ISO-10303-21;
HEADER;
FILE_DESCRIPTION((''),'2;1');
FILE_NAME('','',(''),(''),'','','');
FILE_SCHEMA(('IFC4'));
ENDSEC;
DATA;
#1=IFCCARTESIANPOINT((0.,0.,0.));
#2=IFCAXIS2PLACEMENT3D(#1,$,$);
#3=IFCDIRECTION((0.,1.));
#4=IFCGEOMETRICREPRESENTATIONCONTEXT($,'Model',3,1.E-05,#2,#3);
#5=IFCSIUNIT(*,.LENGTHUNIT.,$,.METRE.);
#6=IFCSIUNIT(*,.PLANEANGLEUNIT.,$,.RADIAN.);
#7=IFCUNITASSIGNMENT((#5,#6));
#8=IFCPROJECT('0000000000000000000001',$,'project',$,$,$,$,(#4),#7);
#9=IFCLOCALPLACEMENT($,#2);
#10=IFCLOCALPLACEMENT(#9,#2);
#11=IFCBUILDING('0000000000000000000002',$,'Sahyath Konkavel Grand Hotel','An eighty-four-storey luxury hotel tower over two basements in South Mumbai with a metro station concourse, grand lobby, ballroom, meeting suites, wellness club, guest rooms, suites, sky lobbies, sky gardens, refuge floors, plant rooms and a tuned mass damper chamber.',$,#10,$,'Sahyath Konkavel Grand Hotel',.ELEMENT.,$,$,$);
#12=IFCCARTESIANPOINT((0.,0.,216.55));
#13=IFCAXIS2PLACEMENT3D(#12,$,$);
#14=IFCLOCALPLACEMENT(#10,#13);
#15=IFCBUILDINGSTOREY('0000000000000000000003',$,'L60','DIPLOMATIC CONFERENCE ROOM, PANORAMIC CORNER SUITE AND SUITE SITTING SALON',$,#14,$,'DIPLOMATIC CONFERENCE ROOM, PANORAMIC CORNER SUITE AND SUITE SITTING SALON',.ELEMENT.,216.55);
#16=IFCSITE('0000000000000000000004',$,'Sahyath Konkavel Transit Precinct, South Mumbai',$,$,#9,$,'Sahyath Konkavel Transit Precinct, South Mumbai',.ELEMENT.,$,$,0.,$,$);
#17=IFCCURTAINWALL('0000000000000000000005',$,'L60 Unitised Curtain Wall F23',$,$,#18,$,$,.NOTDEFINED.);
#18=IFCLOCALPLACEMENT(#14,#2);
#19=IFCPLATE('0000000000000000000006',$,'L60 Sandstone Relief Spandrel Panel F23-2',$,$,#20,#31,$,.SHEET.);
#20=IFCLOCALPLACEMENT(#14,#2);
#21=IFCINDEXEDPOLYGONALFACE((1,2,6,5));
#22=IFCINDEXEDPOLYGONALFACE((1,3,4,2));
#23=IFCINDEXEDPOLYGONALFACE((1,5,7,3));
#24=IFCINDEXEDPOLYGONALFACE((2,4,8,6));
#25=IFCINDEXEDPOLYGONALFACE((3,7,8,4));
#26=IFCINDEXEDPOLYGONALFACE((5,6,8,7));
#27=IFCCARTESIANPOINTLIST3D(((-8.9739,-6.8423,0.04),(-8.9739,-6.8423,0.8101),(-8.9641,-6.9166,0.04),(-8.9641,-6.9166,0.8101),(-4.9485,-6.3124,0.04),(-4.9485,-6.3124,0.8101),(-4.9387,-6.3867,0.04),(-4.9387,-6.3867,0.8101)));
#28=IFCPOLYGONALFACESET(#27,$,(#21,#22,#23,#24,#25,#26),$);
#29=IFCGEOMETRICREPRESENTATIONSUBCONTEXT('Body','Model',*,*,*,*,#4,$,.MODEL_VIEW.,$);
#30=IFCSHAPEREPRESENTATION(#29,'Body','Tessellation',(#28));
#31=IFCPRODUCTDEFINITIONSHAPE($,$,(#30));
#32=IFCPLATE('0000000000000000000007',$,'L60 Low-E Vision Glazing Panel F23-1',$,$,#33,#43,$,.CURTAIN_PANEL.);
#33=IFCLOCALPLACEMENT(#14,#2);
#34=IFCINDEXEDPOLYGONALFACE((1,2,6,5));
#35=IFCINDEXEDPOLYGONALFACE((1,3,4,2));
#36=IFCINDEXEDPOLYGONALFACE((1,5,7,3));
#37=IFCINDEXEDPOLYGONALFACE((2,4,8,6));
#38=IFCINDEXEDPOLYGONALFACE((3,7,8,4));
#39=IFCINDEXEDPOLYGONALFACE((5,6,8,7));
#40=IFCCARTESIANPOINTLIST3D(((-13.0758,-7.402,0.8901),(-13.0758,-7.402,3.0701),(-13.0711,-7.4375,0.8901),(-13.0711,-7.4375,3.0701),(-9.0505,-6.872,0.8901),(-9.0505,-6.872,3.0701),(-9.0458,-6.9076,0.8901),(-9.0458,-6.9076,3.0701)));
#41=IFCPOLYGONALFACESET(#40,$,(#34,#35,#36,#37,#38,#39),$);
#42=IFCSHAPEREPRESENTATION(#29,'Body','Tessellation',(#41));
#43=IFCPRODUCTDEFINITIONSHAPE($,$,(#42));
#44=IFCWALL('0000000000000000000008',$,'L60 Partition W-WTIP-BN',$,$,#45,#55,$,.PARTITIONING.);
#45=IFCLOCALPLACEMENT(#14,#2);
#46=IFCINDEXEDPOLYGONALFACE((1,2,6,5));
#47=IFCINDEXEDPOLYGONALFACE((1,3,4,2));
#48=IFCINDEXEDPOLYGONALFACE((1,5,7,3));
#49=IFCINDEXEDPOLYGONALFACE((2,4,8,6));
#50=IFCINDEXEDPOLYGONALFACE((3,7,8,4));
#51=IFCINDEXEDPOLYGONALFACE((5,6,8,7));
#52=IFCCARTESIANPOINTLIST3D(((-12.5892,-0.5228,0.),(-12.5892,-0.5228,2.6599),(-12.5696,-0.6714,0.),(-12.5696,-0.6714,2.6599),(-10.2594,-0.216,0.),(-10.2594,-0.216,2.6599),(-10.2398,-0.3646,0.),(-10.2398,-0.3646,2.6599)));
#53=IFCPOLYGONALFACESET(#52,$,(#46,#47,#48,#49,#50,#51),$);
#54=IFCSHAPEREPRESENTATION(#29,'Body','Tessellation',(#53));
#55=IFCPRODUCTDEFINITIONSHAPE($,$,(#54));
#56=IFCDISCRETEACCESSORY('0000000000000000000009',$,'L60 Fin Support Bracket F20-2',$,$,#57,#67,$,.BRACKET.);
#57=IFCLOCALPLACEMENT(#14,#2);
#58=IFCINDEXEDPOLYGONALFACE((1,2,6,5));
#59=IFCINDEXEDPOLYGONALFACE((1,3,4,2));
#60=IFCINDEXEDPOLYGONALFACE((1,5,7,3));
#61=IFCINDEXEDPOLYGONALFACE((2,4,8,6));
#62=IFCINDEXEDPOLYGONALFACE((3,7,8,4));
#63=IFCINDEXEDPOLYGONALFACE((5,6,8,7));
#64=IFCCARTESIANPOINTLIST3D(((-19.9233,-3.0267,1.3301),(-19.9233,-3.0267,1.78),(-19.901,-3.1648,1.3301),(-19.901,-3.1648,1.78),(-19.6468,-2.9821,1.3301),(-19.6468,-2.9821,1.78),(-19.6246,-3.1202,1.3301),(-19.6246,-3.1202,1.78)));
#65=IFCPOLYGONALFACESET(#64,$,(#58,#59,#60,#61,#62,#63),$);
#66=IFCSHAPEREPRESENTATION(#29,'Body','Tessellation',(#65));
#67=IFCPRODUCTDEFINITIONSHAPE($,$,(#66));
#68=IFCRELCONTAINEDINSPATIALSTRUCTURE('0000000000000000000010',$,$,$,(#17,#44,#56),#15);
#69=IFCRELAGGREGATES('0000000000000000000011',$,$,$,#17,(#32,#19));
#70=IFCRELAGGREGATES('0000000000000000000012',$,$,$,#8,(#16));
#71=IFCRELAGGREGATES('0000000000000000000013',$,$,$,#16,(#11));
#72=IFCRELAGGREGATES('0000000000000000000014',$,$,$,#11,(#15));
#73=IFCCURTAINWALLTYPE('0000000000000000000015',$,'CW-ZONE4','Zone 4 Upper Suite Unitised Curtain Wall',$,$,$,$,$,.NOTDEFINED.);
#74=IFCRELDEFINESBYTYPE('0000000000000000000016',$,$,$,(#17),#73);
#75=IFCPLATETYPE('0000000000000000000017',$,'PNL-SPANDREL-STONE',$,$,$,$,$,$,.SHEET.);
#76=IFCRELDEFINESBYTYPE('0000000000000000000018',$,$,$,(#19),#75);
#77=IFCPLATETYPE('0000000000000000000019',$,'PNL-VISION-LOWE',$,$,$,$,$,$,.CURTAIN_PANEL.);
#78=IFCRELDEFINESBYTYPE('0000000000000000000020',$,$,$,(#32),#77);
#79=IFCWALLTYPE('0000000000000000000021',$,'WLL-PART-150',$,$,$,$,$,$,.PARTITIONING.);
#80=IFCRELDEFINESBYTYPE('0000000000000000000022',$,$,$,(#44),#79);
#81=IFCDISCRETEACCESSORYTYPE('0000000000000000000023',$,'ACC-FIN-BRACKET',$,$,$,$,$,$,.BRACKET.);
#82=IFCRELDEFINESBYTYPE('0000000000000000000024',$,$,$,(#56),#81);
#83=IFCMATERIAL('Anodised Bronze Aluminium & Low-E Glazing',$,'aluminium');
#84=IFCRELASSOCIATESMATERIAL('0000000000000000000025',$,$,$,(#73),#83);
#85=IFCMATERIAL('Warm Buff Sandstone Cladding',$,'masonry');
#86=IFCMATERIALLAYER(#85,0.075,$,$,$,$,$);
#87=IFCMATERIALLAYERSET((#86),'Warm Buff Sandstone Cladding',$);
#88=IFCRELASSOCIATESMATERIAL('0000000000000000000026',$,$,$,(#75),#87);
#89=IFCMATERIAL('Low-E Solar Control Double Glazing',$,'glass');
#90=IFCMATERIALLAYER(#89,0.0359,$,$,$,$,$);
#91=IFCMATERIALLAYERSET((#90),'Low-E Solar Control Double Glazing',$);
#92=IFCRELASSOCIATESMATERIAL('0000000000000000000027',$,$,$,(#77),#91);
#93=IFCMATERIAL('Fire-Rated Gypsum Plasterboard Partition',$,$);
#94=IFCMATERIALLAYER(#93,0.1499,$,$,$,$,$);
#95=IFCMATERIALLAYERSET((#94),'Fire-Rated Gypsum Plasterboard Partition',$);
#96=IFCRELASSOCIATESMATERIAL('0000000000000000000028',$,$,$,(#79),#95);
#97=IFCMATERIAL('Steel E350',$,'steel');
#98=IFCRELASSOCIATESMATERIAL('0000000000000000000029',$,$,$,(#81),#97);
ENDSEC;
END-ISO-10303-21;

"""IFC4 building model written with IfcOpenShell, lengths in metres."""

from ifc_helpers import new_model, si_unit, direction, frame, frame_2d, origin, origin_2d, place, context, subcontext, project, spatial, rectangle, extrude, source, transform, mapped, material, layer, layer_set, type_object, element, aggregate, save


model = new_model("IFC4")

# Units and contexts
model_context = context("Model", 3, precision=1e-05, world=origin(), true_north=direction((0.0, 1.0)))
body_context = subcontext(model_context, "Body", "Model", "MODEL_VIEW")
ifc_project = project(units=[si_unit("LENGTHUNIT", "METRE"), si_unit("PLANEANGLEUNIT", "RADIAN")], contexts=[model_context])

# Site, building, storey
site_placement = place(None, origin())
site = spatial("IfcSite", under=ifc_project, at=site_placement, Name="Sahyath Konkavel Transit Precinct, South Mumbai", LongName="Sahyath Konkavel Transit Precinct, South Mumbai", CompositionType="ELEMENT", RefElevation=0.0)
building_placement = place(site_placement, origin())
building = spatial("IfcBuilding", under=site, at=building_placement, Name="Sahyath Konkavel Grand Hotel", Description="An eighty-four-storey luxury hotel tower over two basements in South Mumbai with a metro station concourse, grand lobby, ballroom, meeting suites, wellness club, guest rooms, suites, sky lobbies, sky gardens, refuge floors, plant rooms and a tuned mass damper chamber.", LongName="Sahyath Konkavel Grand Hotel", CompositionType="ELEMENT")
storey_placement = place(building_placement, frame((0.0, 0.0, 216.55)))
storey = spatial("IfcBuildingStorey", under=building, at=storey_placement, Name="L60", Description="DIPLOMATIC CONFERENCE ROOM, PANORAMIC CORNER SUITE AND SUITE SITTING SALON", LongName="DIPLOMATIC CONFERENCE ROOM, PANORAMIC CORNER SUITE AND SUITE SITTING SALON", CompositionType="ELEMENT", Elevation=216.55)

# Shared definitions
ifc_material_1 = material(Name="Steel E350", Category="steel")

# Shared definitions
ifc_material_2 = material(Name="Anodised Bronze Aluminium & Low-E Glazing", Category="aluminium")
curtain_wall_type = type_object("IfcCurtainWallType", Name="CW-ZONE4", Description="Zone 4 Upper Suite Unitised Curtain Wall", PredefinedType="NOTDEFINED", material=ifc_material_2)

# Curtain wall
curtain_wall_1_placement = place(storey_placement, origin())
curtain_wall_1 = element("IfcCurtainWall", 1, at=curtain_wall_1_placement, inside=storey, type_object=curtain_wall_type, Name="L60 Unitised Curtain Wall F23", PredefinedType="NOTDEFINED")

# Plates
ifc_material_3 = material(Name="Warm Buff Sandstone Cladding", Category="masonry")
ifc_layer_1 = layer(ifc_material_3, 0.075)
ifc_layer_set_1 = layer_set([ifc_layer_1], Name="Warm Buff Sandstone Cladding")
plate_type_1 = type_object("IfcPlateType", Name="PNL-SPANDREL-STONE", PredefinedType="SHEET", material=ifc_layer_set_1)
ifc_material_4 = material(Name="Low-E Solar Control Double Glazing", Category="glass")
ifc_layer_2 = layer(ifc_material_4, 0.0359)
ifc_layer_set_2 = layer_set([ifc_layer_2], Name="Low-E Solar Control Double Glazing")
plate_type_2 = type_object("IfcPlateType", Name="PNL-VISION-LOWE", PredefinedType="CURTAIN_PANEL", material=ifc_layer_set_2)
shared_shape_1 = source(origin(), body_context, "Body", "SweptSolid", [
    extrude(rectangle(XDim=4.0601, YDim=0.075, at=origin_2d()), origin(), (0.0, 0.0, 1.0), 0.77),
])
plate_1_placement = place(storey_placement, frame((-6.9563, -6.6145, 0.04), z_axis=(0.0, 0.0, 1.0), x_axis=(0.991445, 0.130526, 0.0)))
plate_1 = element("IfcPlate", 2, at=plate_1_placement, type_object=plate_type_1, Name="L60 Sandstone Relief Spandrel Panel F23-2", PredefinedType="SHEET", context=body_context, shape_type="MappedRepresentation", body=[
    mapped(shared_shape_1, transform((0.0, 0.0, 0.0), scale=1.0)),
])
shared_shape_2 = source(origin(), body_context, "Body", "SweptSolid", [
    extrude(rectangle(XDim=4.0601, YDim=0.0359, at=origin_2d()), origin(), (0.0, 0.0, 1.0), 2.1799),
])
plate_2_placement = place(storey_placement, frame((-11.0608, -7.1548, 0.8901), z_axis=(0.0, 0.0, 1.0), x_axis=(0.991445, 0.130526, 0.0)))
plate_2 = element("IfcPlate", 3, at=plate_2_placement, type_object=plate_type_2, Name="L60 Low-E Vision Glazing Panel F23-1", PredefinedType="CURTAIN_PANEL", context=body_context, shape_type="MappedRepresentation", body=[
    mapped(shared_shape_2, transform((0.0, 0.0, 0.0), scale=1.0)),
])
aggregate(curtain_wall_1, [plate_2, plate_1])

# Wall
ifc_material_5 = material(Name="Fire-Rated Gypsum Plasterboard Partition")
ifc_layer_3 = layer(ifc_material_5, 0.1499)
ifc_layer_set_3 = layer_set([ifc_layer_3], Name="Fire-Rated Gypsum Plasterboard Partition")
wall_type = type_object("IfcWallType", Name="WLL-PART-150", PredefinedType="PARTITIONING", material=ifc_layer_set_3)
wall_placement = place(storey_placement, frame((-10.2498, -0.2903, 0.0), z_axis=(0.0, 0.0, 1.0), x_axis=(-0.991436, -0.130592, 0.0)))
element("IfcWall", 4, at=wall_placement, inside=storey, type_object=wall_type, Name="L60 Partition W-WTIP-BN", PredefinedType="PARTITIONING", context=body_context, shape_type="SweptSolid", body=[
    extrude(rectangle(XDim=2.3499, YDim=0.1499, at=frame_2d((1.1748, 0.0))), origin(), (0.0, 0.0, 1.0), 2.6599),
])

# Discrete accessory
discrete_accessory_type = type_object("IfcDiscreteAccessoryType", Name="ACC-FIN-BRACKET", PredefinedType="BRACKET", material=ifc_material_1)
shared_shape_3 = source(origin(), body_context, "Body", "SweptSolid", [
    extrude(rectangle(XDim=0.28, YDim=0.1399, at=origin_2d()), origin(), (0.0, 0.0, 1.0), 0.45),
])
discrete_accessory_placement = place(storey_placement, frame((-19.7739, -3.0735, 1.3301), z_axis=(0.0, 0.0, 1.0), x_axis=(-0.987231, -0.159295, 0.0)))
element("IfcDiscreteAccessory", 5, at=discrete_accessory_placement, inside=storey, type_object=discrete_accessory_type, Name="L60 Fin Support Bracket F20-2", PredefinedType="BRACKET", context=body_context, shape_type="MappedRepresentation", body=[
    mapped(shared_shape_3, transform((0.0, 0.0, 0.0), scale=1.0)),
])

save(model, "model.ifc")
